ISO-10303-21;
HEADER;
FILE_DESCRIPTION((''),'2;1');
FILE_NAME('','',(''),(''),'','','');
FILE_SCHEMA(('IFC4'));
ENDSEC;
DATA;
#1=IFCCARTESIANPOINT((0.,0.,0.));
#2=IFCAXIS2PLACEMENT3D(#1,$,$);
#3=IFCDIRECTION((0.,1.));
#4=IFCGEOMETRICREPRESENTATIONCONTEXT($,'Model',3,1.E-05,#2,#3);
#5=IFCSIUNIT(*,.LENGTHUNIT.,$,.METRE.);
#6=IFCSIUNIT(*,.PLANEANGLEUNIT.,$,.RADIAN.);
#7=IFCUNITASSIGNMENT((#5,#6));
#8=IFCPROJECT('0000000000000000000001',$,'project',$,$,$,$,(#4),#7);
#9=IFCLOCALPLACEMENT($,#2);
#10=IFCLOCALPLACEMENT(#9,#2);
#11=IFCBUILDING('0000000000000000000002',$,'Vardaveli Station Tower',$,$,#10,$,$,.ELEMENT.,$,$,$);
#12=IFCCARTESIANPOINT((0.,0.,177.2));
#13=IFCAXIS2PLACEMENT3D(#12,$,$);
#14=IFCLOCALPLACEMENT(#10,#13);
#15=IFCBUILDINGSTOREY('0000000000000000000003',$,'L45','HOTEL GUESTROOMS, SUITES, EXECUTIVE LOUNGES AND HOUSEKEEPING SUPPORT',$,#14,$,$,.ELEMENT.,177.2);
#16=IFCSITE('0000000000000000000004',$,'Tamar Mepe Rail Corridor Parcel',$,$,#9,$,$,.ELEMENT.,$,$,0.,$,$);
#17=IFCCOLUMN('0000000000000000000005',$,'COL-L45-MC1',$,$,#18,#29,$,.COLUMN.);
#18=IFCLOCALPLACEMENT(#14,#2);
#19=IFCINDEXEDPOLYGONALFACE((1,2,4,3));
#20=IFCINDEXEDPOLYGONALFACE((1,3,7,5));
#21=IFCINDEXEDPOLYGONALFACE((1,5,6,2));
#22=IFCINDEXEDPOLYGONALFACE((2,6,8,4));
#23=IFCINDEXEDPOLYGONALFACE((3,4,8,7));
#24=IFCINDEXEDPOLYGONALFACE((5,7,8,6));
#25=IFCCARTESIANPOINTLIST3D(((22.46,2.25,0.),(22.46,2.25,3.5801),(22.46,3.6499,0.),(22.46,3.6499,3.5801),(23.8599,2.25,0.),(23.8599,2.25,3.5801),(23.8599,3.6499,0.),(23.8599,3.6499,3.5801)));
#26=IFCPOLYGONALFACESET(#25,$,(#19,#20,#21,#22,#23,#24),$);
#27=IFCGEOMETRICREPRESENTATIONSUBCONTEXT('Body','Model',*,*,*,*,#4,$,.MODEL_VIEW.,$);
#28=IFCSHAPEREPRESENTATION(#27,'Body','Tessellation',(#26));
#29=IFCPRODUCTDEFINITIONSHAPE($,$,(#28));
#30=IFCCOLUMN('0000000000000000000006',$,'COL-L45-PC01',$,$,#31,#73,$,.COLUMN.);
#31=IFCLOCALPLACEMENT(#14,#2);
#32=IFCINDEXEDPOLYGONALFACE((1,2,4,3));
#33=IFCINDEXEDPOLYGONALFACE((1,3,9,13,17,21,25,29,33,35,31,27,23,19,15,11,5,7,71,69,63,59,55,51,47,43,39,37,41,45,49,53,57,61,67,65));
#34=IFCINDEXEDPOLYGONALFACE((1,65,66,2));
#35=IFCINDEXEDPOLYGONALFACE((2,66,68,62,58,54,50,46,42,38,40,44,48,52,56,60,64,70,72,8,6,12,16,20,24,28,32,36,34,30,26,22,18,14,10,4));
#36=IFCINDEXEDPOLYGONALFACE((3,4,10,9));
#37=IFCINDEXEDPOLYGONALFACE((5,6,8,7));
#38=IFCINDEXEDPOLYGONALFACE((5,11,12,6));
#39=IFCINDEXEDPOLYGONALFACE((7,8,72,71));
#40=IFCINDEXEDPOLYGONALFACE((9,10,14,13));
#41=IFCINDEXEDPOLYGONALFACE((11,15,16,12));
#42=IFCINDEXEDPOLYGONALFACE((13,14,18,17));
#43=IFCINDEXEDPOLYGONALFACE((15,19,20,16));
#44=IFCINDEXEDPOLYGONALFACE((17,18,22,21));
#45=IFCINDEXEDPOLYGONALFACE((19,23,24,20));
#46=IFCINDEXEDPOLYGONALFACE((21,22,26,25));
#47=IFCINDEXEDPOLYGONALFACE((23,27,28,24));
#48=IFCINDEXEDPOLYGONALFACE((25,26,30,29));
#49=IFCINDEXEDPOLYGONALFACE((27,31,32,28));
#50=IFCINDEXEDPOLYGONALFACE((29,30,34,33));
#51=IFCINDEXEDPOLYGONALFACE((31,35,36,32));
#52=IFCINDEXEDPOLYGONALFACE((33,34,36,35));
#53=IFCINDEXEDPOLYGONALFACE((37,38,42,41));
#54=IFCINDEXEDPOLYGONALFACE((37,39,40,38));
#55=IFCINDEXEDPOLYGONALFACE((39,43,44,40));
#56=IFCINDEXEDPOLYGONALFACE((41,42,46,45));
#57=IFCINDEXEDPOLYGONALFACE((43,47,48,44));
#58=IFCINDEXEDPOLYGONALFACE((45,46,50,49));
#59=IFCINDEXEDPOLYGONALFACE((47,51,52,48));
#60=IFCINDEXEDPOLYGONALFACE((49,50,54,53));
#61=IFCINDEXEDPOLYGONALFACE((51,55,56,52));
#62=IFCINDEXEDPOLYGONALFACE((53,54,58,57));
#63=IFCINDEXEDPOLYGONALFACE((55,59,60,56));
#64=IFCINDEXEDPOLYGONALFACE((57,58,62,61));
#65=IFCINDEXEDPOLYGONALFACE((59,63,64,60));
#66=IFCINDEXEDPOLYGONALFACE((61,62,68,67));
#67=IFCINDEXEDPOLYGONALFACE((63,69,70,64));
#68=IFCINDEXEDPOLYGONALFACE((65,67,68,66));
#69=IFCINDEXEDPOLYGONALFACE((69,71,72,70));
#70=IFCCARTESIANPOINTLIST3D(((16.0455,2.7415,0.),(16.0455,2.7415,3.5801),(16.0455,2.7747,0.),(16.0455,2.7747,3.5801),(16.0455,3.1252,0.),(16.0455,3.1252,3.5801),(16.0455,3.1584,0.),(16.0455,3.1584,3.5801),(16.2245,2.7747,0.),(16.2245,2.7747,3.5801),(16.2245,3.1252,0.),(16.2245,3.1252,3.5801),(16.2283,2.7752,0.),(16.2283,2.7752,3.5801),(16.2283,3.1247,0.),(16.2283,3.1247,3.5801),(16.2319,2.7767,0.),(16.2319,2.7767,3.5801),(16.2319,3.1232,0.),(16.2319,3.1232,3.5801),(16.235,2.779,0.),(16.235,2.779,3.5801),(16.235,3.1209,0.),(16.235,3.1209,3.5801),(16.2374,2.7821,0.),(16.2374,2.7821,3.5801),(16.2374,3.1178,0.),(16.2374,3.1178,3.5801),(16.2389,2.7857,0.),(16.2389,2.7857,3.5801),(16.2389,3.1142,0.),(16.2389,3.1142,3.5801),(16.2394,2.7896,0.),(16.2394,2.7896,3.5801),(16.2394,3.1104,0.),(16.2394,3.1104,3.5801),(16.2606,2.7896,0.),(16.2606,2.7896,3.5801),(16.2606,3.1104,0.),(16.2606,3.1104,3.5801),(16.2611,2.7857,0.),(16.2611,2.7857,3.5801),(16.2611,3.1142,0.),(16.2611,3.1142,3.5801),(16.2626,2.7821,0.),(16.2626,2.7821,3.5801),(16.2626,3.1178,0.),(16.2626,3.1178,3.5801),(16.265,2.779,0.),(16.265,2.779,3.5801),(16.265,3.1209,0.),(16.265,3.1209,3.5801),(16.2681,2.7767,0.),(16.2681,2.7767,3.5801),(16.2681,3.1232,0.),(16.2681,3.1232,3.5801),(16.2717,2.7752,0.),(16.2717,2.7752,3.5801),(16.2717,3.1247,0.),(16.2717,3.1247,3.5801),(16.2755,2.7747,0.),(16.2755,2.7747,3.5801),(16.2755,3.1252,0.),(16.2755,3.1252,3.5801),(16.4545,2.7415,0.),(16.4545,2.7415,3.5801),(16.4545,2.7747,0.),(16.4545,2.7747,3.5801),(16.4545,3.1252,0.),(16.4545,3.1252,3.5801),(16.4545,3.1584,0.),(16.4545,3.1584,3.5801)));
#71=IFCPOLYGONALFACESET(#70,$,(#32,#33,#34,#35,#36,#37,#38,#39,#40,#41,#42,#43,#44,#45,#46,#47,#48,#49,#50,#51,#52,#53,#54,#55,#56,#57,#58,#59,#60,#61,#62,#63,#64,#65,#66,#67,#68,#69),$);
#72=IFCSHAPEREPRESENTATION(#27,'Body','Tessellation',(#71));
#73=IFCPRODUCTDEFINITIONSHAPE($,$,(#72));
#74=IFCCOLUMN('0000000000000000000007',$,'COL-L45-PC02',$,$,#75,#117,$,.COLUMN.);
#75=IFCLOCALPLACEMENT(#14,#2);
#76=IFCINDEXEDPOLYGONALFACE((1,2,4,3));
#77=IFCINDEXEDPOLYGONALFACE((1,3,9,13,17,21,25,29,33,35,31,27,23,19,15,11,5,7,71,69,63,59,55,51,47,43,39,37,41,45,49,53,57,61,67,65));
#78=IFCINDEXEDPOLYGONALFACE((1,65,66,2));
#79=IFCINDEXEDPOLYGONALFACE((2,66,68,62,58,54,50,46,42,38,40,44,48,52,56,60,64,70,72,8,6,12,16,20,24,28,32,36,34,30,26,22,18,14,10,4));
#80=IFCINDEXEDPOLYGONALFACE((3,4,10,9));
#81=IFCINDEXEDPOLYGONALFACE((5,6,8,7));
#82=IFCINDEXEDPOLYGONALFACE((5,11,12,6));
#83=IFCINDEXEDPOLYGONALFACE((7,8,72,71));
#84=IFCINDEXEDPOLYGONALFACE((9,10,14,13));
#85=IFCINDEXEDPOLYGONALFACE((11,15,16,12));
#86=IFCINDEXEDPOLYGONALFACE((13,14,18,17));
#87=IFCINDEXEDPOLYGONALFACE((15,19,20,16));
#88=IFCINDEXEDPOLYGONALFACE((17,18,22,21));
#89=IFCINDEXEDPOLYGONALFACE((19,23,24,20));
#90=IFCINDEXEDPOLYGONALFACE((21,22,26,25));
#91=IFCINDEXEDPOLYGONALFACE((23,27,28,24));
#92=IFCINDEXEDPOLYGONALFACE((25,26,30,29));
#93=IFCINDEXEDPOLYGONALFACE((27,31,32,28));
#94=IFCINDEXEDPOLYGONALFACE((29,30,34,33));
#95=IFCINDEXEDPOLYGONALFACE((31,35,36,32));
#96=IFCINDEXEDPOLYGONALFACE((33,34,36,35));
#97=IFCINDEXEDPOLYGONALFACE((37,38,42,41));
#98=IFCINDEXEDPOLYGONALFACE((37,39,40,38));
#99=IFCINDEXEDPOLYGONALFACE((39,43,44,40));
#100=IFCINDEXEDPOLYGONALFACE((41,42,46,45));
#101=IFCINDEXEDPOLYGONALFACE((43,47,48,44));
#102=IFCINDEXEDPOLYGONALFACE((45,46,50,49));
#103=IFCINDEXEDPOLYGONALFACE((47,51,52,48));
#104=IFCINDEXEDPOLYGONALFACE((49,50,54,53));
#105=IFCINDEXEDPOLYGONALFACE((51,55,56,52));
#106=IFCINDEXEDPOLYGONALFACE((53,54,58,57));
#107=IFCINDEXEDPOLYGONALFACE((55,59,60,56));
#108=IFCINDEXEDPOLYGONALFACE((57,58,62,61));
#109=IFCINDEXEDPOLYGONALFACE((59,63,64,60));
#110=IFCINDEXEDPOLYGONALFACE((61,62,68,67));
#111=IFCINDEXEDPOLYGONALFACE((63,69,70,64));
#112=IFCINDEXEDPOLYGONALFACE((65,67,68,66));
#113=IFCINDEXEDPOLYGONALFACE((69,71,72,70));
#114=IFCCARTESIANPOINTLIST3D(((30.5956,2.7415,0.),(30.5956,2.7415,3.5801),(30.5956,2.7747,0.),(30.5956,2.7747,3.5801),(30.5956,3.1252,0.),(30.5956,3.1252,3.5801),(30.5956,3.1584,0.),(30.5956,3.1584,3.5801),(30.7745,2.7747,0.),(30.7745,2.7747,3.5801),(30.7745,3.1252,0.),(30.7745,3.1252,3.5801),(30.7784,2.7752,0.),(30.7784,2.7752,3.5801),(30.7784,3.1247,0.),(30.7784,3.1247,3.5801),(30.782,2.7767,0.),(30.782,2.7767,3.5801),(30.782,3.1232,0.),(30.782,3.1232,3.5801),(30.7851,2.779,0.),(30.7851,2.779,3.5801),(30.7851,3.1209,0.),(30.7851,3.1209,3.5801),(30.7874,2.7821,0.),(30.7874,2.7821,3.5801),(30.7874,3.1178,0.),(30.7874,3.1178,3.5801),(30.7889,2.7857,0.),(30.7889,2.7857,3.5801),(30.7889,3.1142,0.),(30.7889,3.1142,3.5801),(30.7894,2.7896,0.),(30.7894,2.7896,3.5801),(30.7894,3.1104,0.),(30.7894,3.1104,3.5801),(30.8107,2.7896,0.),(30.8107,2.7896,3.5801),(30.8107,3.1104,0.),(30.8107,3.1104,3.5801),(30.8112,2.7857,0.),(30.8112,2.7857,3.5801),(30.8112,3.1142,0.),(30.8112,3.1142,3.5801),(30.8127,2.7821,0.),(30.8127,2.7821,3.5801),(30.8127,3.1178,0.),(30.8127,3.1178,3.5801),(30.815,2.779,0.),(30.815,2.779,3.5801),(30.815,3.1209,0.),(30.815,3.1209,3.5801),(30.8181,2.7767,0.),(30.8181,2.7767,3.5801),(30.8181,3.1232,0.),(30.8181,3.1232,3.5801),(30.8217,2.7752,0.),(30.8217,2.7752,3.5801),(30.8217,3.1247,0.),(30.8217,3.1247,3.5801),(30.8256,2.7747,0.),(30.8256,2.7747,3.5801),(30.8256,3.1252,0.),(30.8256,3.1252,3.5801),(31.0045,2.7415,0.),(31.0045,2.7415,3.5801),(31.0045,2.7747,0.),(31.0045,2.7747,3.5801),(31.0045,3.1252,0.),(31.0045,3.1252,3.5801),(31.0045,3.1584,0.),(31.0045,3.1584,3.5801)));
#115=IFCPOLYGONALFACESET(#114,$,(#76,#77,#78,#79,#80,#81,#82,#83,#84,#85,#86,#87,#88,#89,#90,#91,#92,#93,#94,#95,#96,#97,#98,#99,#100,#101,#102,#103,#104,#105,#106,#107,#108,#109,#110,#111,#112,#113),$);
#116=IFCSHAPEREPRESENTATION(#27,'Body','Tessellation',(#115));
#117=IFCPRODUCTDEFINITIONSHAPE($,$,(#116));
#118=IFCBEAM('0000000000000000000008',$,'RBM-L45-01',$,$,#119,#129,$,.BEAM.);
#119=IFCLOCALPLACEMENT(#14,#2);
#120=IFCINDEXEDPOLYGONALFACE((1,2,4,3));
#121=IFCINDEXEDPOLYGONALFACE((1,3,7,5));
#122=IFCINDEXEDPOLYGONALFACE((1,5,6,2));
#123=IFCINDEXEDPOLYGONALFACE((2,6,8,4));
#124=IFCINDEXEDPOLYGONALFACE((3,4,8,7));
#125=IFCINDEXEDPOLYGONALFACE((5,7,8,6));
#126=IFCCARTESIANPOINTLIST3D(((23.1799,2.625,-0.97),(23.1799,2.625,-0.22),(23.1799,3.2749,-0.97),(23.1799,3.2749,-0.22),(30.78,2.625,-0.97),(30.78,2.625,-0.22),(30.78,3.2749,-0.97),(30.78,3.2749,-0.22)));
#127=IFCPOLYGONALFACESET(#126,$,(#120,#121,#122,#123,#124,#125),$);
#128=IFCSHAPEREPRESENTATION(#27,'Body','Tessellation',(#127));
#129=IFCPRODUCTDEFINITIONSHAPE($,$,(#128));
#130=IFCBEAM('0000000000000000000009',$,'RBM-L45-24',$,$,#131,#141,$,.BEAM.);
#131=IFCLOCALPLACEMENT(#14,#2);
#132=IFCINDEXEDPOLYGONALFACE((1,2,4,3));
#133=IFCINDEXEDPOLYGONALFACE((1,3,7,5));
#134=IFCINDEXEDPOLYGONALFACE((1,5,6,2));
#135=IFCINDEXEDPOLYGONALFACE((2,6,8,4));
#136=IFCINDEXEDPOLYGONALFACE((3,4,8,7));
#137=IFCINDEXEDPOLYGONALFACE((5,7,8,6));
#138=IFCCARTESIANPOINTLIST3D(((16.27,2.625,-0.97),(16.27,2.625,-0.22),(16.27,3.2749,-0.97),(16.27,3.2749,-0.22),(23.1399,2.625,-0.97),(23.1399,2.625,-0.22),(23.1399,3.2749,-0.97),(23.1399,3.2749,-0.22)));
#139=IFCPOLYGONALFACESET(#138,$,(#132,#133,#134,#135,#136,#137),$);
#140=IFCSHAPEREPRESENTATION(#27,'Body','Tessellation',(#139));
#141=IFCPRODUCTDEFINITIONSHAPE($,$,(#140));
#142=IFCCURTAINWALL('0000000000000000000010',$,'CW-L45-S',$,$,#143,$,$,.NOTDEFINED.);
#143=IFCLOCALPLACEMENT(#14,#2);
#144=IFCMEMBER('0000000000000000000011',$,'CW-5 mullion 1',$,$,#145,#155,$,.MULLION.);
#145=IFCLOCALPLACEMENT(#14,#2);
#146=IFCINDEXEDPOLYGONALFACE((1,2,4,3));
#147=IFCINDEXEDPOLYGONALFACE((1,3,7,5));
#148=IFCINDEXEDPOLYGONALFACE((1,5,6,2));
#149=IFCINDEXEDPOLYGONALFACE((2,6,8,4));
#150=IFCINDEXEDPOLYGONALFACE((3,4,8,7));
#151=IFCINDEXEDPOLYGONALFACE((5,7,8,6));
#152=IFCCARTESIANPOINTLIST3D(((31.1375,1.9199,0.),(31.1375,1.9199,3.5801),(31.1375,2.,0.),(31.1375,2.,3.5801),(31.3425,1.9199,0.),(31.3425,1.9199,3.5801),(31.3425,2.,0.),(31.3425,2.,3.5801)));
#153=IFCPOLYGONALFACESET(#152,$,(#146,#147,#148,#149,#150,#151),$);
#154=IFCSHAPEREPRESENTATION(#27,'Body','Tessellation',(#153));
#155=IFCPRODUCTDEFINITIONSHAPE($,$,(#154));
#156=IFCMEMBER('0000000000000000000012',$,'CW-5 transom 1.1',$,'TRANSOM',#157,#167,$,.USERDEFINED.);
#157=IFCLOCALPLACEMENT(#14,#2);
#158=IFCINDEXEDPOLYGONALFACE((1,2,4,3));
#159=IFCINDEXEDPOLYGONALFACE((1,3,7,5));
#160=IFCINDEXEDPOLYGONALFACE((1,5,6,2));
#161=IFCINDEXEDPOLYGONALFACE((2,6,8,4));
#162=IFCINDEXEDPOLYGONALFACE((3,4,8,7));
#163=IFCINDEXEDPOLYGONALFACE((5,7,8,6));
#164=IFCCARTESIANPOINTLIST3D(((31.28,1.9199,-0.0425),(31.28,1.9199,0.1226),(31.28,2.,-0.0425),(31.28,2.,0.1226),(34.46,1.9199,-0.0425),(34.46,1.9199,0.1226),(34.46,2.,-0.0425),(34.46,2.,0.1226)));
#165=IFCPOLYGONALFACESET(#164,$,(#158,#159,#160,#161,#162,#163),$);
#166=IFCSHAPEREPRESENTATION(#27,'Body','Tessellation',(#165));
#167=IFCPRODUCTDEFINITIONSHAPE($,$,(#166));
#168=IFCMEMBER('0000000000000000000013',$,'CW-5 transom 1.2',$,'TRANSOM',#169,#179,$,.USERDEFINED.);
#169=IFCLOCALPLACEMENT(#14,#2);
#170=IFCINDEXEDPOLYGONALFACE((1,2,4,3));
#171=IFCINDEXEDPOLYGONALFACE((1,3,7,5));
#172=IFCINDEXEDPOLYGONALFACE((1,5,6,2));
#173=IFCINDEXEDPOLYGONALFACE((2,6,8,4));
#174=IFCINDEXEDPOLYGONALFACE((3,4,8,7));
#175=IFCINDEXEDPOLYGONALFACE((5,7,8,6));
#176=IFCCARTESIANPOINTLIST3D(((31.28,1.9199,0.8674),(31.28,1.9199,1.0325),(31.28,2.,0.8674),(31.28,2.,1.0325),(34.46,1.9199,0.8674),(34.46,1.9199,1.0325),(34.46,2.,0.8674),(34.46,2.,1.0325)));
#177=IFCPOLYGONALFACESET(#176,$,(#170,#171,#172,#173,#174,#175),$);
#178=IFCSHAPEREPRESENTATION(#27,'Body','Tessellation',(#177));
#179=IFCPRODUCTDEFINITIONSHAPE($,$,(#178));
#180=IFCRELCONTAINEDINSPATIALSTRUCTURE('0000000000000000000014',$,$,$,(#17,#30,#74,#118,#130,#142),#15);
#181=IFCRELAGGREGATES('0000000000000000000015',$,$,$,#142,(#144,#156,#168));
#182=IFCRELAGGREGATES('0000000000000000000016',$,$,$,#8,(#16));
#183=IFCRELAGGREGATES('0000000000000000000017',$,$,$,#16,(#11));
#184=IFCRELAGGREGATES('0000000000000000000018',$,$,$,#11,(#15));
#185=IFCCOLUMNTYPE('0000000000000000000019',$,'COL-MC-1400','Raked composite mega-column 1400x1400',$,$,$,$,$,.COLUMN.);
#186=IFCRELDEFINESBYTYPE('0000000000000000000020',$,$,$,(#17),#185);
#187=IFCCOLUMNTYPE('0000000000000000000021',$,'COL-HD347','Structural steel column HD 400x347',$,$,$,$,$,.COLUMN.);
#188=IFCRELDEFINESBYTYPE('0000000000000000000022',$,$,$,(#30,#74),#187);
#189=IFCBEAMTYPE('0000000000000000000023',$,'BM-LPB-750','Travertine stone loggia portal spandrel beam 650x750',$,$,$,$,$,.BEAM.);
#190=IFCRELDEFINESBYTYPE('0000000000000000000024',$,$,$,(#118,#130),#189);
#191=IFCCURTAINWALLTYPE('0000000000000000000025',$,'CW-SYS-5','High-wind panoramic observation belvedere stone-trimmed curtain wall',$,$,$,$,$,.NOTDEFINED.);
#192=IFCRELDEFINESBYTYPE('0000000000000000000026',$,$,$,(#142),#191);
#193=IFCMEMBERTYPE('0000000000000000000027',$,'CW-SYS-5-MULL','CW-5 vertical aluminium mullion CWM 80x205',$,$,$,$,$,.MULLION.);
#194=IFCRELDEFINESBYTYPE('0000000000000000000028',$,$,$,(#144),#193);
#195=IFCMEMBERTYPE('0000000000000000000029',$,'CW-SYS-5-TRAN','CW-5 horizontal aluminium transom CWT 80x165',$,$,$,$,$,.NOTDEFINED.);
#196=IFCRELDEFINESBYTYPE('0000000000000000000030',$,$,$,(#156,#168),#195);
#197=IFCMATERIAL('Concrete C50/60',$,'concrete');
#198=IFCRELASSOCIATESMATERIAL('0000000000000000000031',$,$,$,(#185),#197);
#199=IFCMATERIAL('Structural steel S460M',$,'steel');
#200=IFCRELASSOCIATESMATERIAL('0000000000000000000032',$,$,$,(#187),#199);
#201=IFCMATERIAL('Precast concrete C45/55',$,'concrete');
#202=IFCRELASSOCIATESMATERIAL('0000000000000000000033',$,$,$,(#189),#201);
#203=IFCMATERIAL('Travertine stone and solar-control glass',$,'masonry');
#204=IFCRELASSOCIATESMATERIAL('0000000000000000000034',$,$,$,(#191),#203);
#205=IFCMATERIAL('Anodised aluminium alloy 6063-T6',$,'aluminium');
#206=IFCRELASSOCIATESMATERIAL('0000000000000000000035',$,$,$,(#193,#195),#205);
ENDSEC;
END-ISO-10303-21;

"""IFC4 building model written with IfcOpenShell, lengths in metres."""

from ifc_helpers import new_model, si_unit, direction, frame, origin, origin_2d, place, context, subcontext, project, spatial, rectangle, i_section, extrude, source, transform, mapped, material, material_profile, profile_set, type_object, element, aggregate, save


model = new_model("IFC4")

# Units and contexts
model_context = context("Model", 3, precision=1e-05, world=origin(), true_north=direction((0.0, 1.0)))
body_context = subcontext(model_context, "Body", "Model", "MODEL_VIEW")
ifc_project = project(units=[si_unit("LENGTHUNIT", "METRE"), si_unit("PLANEANGLEUNIT", "RADIAN")], contexts=[model_context])

# Site, building, storey
site_placement = place(None, origin())
site = spatial("IfcSite", under=ifc_project, at=site_placement, Name="Tamar Mepe Rail Corridor Parcel", CompositionType="ELEMENT", RefElevation=0.0)
building_placement = place(site_placement, origin())
building = spatial("IfcBuilding", under=site, at=building_placement, Name="Vardaveli Station Tower", CompositionType="ELEMENT")
storey_placement = place(building_placement, frame((0.0, 0.0, 177.2)))
storey = spatial("IfcBuildingStorey", under=building, at=storey_placement, Name="L45", Description="HOTEL GUESTROOMS, SUITES, EXECUTIVE LOUNGES AND HOUSEKEEPING SUPPORT", CompositionType="ELEMENT", Elevation=177.2)

# Columns
ifc_material_1 = material(Name="Concrete C50/60", Category="concrete")
ifc_material_profile_1 = material_profile(ifc_material_1, rectangle(XDim=1.3999, YDim=1.3999, at=origin_2d()), Name="MC 1400x1400")
ifc_profile_set_1 = profile_set([ifc_material_profile_1], Name="Concrete C50/60")
column_type_1 = type_object("IfcColumnType", Name="COL-MC-1400", Description="Raked composite mega-column 1400x1400", PredefinedType="COLUMN", material=ifc_profile_set_1)
shared_shape_1 = source(origin(), body_context, "Body", "SweptSolid", [
    extrude(rectangle(XDim=1.3999, YDim=1.3999, at=origin_2d()), origin(), (0.0, 0.0, 1.0), 3.5801),
])
column_placement = place(storey_placement, frame((23.1599, 2.95, 0.0), z_axis=(0.0, 0.0, 1.0), x_axis=(1.0, 0.0, 0.0)))
element("IfcColumn", 1, at=column_placement, inside=storey, type_object=column_type_1, Name="COL-L45-MC1", PredefinedType="COLUMN", context=body_context, shape_type="MappedRepresentation", body=[
    mapped(shared_shape_1, transform((0.0, 0.0, 0.0), scale=1.0)),
])
ifc_material_2 = material(Name="Structural steel S460M", Category="steel")
ifc_material_profile_2 = material_profile(ifc_material_2, i_section(OverallWidth=0.4089, OverallDepth=0.417, WebThickness=0.0212, FlangeThickness=0.0332, FilletRadius=0.0149, at=origin_2d()), Name="HD 400x347")
ifc_profile_set_2 = profile_set([ifc_material_profile_2], Name="Structural steel S460M")
column_type_2 = type_object("IfcColumnType", Name="COL-HD347", Description="Structural steel column HD 400x347", PredefinedType="COLUMN", material=ifc_profile_set_2)
shared_shape_2 = source(origin(), body_context, "Body", "SweptSolid", [
    extrude(i_section(OverallWidth=0.4089, OverallDepth=0.417, WebThickness=0.0212, FlangeThickness=0.0332, FilletRadius=0.0149, at=origin_2d()), origin(), (0.0, 0.0, 1.0), 3.5801),
])
for number, where, z_axis, x_axis, name in (
    (2, (16.25, 2.95, 0.0), (0.0, 0.0, 1.0), (1.0, 0.0, 0.0), "COL-L45-PC01"),
    (3, (30.8, 2.95, 0.0), (0.0, 0.0, 1.0), (1.0, 0.0, 0.0), "COL-L45-PC02"),
):
    element("IfcColumn", number, at=place(storey_placement, frame(where, z_axis=z_axis, x_axis=x_axis)), inside=storey, type_object=column_type_2, Name=name, PredefinedType="COLUMN", context=body_context, shape_type="MappedRepresentation", body=[
        mapped(shared_shape_2, transform((0.0, 0.0, 0.0), scale=1.0)),
    ])

# Beams
ifc_material_3 = material(Name="Precast concrete C45/55", Category="concrete")
ifc_material_profile_3 = material_profile(ifc_material_3, rectangle(XDim=0.6499, YDim=0.75, at=origin_2d()), Name="LPB 650x750")
ifc_profile_set_3 = profile_set([ifc_material_profile_3], Name="Precast concrete C45/55")
beam_type = type_object("IfcBeamType", Name="BM-LPB-750", Description="Travertine stone loggia portal spandrel beam 650x750", PredefinedType="BEAM", material=ifc_profile_set_3)
shared_shape_3 = source(origin(), body_context, "Body", "SweptSolid", [
    extrude(rectangle(XDim=0.6499, YDim=0.75, at=origin_2d()), origin(), (0.0, 0.0, 1.0), 7.6001),
])
beam_1_placement = place(storey_placement, frame((23.1799, 2.95, -0.595), z_axis=(1.0, 0.0, 0.0), x_axis=(0.0, 1.0, 0.0)))
element("IfcBeam", 4, at=beam_1_placement, inside=storey, type_object=beam_type, Name="RBM-L45-01", PredefinedType="BEAM", context=body_context, shape_type="MappedRepresentation", body=[
    mapped(shared_shape_3, transform((0.0, 0.0, 0.0), scale=1.0)),
])
shared_shape_4 = source(origin(), body_context, "Body", "SweptSolid", [
    extrude(rectangle(XDim=0.6499, YDim=0.75, at=origin_2d()), origin(), (0.0, 0.0, 1.0), 6.8699),
])
beam_2_placement = place(storey_placement, frame((16.27, 2.95, -0.595), z_axis=(1.0, 0.0, 0.0), x_axis=(0.0, 1.0, 0.0)))
element("IfcBeam", 5, at=beam_2_placement, inside=storey, type_object=beam_type, Name="RBM-L45-24", PredefinedType="BEAM", context=body_context, shape_type="MappedRepresentation", body=[
    mapped(shared_shape_4, transform((0.0, 0.0, 0.0), scale=1.0)),
])

# Curtain wall, members
ifc_material_4 = material(Name="Travertine stone and solar-control glass", Category="masonry")
curtain_wall_type = type_object("IfcCurtainWallType", Name="CW-SYS-5", Description="High-wind panoramic observation belvedere stone-trimmed curtain wall", PredefinedType="NOTDEFINED", material=ifc_material_4)
curtain_wall_placement = place(storey_placement, origin())
curtain_wall = element("IfcCurtainWall", 6, at=curtain_wall_placement, inside=storey, type_object=curtain_wall_type, Name="CW-L45-S", PredefinedType="NOTDEFINED")
ifc_material_5 = material(Name="Anodised aluminium alloy 6063-T6", Category="aluminium")
ifc_material_profile_4 = material_profile(ifc_material_5, rectangle(XDim=0.0801, YDim=0.2051, at=origin_2d()), Name="CWM 80x205")
ifc_profile_set_4 = profile_set([ifc_material_profile_4], Name="Anodised aluminium alloy 6063-T6")
member_type_1 = type_object("IfcMemberType", Name="CW-SYS-5-MULL", Description="CW-5 vertical aluminium mullion CWM 80x205", PredefinedType="MULLION", material=ifc_profile_set_4)
shared_shape_5 = source(origin(), body_context, "Body", "SweptSolid", [
    extrude(rectangle(XDim=0.0801, YDim=0.2051, at=origin_2d()), origin(), (0.0, 0.0, 1.0), 3.5801),
])
member_1_placement = place(storey_placement, frame((31.24, 1.96, 0.0), z_axis=(0.0, 0.0, 1.0), x_axis=(0.0, 1.0, 0.0)))
member_1 = element("IfcMember", 7, at=member_1_placement, type_object=member_type_1, Name="CW-5 mullion 1", PredefinedType="MULLION", context=body_context, shape_type="MappedRepresentation", body=[
    mapped(shared_shape_5, transform((0.0, 0.0, 0.0), scale=1.0)),
])
ifc_material_profile_5 = material_profile(ifc_material_5, rectangle(XDim=0.0801, YDim=0.165, at=origin_2d()), Name="CWT 80x165")
ifc_profile_set_5 = profile_set([ifc_material_profile_5], Name="Anodised aluminium alloy 6063-T6")
member_type_2 = type_object("IfcMemberType", Name="CW-SYS-5-TRAN", Description="CW-5 horizontal aluminium transom CWT 80x165", PredefinedType="NOTDEFINED", material=ifc_profile_set_5)
shared_shape_6 = source(origin(), body_context, "Body", "SweptSolid", [
    extrude(rectangle(XDim=0.0801, YDim=0.165, at=origin_2d()), origin(), (0.0, 0.0, 1.0), 3.1799),
])
member_2_placement = place(storey_placement, frame((31.28, 1.96, 0.04), z_axis=(1.0, 0.0, 0.0), x_axis=(0.0, 1.0, 0.0)))
member_2 = element("IfcMember", 8, at=member_2_placement, type_object=member_type_2, Name="CW-5 transom 1.1", ObjectType="TRANSOM", PredefinedType="USERDEFINED", context=body_context, shape_type="MappedRepresentation", body=[
    mapped(shared_shape_6, transform((0.0, 0.0, 0.0), scale=1.0)),
])
member_3_placement = place(storey_placement, frame((31.28, 1.96, 0.95), z_axis=(1.0, 0.0, 0.0), x_axis=(0.0, 1.0, 0.0)))
member_3 = element("IfcMember", 9, at=member_3_placement, type_object=member_type_2, Name="CW-5 transom 1.2", ObjectType="TRANSOM", PredefinedType="USERDEFINED", context=body_context, shape_type="MappedRepresentation", body=[
    mapped(shared_shape_6, transform((0.0, 0.0, 0.0), scale=1.0)),
])
aggregate(curtain_wall, [member_1, member_2, member_3])

save(model, "model.ifc")
